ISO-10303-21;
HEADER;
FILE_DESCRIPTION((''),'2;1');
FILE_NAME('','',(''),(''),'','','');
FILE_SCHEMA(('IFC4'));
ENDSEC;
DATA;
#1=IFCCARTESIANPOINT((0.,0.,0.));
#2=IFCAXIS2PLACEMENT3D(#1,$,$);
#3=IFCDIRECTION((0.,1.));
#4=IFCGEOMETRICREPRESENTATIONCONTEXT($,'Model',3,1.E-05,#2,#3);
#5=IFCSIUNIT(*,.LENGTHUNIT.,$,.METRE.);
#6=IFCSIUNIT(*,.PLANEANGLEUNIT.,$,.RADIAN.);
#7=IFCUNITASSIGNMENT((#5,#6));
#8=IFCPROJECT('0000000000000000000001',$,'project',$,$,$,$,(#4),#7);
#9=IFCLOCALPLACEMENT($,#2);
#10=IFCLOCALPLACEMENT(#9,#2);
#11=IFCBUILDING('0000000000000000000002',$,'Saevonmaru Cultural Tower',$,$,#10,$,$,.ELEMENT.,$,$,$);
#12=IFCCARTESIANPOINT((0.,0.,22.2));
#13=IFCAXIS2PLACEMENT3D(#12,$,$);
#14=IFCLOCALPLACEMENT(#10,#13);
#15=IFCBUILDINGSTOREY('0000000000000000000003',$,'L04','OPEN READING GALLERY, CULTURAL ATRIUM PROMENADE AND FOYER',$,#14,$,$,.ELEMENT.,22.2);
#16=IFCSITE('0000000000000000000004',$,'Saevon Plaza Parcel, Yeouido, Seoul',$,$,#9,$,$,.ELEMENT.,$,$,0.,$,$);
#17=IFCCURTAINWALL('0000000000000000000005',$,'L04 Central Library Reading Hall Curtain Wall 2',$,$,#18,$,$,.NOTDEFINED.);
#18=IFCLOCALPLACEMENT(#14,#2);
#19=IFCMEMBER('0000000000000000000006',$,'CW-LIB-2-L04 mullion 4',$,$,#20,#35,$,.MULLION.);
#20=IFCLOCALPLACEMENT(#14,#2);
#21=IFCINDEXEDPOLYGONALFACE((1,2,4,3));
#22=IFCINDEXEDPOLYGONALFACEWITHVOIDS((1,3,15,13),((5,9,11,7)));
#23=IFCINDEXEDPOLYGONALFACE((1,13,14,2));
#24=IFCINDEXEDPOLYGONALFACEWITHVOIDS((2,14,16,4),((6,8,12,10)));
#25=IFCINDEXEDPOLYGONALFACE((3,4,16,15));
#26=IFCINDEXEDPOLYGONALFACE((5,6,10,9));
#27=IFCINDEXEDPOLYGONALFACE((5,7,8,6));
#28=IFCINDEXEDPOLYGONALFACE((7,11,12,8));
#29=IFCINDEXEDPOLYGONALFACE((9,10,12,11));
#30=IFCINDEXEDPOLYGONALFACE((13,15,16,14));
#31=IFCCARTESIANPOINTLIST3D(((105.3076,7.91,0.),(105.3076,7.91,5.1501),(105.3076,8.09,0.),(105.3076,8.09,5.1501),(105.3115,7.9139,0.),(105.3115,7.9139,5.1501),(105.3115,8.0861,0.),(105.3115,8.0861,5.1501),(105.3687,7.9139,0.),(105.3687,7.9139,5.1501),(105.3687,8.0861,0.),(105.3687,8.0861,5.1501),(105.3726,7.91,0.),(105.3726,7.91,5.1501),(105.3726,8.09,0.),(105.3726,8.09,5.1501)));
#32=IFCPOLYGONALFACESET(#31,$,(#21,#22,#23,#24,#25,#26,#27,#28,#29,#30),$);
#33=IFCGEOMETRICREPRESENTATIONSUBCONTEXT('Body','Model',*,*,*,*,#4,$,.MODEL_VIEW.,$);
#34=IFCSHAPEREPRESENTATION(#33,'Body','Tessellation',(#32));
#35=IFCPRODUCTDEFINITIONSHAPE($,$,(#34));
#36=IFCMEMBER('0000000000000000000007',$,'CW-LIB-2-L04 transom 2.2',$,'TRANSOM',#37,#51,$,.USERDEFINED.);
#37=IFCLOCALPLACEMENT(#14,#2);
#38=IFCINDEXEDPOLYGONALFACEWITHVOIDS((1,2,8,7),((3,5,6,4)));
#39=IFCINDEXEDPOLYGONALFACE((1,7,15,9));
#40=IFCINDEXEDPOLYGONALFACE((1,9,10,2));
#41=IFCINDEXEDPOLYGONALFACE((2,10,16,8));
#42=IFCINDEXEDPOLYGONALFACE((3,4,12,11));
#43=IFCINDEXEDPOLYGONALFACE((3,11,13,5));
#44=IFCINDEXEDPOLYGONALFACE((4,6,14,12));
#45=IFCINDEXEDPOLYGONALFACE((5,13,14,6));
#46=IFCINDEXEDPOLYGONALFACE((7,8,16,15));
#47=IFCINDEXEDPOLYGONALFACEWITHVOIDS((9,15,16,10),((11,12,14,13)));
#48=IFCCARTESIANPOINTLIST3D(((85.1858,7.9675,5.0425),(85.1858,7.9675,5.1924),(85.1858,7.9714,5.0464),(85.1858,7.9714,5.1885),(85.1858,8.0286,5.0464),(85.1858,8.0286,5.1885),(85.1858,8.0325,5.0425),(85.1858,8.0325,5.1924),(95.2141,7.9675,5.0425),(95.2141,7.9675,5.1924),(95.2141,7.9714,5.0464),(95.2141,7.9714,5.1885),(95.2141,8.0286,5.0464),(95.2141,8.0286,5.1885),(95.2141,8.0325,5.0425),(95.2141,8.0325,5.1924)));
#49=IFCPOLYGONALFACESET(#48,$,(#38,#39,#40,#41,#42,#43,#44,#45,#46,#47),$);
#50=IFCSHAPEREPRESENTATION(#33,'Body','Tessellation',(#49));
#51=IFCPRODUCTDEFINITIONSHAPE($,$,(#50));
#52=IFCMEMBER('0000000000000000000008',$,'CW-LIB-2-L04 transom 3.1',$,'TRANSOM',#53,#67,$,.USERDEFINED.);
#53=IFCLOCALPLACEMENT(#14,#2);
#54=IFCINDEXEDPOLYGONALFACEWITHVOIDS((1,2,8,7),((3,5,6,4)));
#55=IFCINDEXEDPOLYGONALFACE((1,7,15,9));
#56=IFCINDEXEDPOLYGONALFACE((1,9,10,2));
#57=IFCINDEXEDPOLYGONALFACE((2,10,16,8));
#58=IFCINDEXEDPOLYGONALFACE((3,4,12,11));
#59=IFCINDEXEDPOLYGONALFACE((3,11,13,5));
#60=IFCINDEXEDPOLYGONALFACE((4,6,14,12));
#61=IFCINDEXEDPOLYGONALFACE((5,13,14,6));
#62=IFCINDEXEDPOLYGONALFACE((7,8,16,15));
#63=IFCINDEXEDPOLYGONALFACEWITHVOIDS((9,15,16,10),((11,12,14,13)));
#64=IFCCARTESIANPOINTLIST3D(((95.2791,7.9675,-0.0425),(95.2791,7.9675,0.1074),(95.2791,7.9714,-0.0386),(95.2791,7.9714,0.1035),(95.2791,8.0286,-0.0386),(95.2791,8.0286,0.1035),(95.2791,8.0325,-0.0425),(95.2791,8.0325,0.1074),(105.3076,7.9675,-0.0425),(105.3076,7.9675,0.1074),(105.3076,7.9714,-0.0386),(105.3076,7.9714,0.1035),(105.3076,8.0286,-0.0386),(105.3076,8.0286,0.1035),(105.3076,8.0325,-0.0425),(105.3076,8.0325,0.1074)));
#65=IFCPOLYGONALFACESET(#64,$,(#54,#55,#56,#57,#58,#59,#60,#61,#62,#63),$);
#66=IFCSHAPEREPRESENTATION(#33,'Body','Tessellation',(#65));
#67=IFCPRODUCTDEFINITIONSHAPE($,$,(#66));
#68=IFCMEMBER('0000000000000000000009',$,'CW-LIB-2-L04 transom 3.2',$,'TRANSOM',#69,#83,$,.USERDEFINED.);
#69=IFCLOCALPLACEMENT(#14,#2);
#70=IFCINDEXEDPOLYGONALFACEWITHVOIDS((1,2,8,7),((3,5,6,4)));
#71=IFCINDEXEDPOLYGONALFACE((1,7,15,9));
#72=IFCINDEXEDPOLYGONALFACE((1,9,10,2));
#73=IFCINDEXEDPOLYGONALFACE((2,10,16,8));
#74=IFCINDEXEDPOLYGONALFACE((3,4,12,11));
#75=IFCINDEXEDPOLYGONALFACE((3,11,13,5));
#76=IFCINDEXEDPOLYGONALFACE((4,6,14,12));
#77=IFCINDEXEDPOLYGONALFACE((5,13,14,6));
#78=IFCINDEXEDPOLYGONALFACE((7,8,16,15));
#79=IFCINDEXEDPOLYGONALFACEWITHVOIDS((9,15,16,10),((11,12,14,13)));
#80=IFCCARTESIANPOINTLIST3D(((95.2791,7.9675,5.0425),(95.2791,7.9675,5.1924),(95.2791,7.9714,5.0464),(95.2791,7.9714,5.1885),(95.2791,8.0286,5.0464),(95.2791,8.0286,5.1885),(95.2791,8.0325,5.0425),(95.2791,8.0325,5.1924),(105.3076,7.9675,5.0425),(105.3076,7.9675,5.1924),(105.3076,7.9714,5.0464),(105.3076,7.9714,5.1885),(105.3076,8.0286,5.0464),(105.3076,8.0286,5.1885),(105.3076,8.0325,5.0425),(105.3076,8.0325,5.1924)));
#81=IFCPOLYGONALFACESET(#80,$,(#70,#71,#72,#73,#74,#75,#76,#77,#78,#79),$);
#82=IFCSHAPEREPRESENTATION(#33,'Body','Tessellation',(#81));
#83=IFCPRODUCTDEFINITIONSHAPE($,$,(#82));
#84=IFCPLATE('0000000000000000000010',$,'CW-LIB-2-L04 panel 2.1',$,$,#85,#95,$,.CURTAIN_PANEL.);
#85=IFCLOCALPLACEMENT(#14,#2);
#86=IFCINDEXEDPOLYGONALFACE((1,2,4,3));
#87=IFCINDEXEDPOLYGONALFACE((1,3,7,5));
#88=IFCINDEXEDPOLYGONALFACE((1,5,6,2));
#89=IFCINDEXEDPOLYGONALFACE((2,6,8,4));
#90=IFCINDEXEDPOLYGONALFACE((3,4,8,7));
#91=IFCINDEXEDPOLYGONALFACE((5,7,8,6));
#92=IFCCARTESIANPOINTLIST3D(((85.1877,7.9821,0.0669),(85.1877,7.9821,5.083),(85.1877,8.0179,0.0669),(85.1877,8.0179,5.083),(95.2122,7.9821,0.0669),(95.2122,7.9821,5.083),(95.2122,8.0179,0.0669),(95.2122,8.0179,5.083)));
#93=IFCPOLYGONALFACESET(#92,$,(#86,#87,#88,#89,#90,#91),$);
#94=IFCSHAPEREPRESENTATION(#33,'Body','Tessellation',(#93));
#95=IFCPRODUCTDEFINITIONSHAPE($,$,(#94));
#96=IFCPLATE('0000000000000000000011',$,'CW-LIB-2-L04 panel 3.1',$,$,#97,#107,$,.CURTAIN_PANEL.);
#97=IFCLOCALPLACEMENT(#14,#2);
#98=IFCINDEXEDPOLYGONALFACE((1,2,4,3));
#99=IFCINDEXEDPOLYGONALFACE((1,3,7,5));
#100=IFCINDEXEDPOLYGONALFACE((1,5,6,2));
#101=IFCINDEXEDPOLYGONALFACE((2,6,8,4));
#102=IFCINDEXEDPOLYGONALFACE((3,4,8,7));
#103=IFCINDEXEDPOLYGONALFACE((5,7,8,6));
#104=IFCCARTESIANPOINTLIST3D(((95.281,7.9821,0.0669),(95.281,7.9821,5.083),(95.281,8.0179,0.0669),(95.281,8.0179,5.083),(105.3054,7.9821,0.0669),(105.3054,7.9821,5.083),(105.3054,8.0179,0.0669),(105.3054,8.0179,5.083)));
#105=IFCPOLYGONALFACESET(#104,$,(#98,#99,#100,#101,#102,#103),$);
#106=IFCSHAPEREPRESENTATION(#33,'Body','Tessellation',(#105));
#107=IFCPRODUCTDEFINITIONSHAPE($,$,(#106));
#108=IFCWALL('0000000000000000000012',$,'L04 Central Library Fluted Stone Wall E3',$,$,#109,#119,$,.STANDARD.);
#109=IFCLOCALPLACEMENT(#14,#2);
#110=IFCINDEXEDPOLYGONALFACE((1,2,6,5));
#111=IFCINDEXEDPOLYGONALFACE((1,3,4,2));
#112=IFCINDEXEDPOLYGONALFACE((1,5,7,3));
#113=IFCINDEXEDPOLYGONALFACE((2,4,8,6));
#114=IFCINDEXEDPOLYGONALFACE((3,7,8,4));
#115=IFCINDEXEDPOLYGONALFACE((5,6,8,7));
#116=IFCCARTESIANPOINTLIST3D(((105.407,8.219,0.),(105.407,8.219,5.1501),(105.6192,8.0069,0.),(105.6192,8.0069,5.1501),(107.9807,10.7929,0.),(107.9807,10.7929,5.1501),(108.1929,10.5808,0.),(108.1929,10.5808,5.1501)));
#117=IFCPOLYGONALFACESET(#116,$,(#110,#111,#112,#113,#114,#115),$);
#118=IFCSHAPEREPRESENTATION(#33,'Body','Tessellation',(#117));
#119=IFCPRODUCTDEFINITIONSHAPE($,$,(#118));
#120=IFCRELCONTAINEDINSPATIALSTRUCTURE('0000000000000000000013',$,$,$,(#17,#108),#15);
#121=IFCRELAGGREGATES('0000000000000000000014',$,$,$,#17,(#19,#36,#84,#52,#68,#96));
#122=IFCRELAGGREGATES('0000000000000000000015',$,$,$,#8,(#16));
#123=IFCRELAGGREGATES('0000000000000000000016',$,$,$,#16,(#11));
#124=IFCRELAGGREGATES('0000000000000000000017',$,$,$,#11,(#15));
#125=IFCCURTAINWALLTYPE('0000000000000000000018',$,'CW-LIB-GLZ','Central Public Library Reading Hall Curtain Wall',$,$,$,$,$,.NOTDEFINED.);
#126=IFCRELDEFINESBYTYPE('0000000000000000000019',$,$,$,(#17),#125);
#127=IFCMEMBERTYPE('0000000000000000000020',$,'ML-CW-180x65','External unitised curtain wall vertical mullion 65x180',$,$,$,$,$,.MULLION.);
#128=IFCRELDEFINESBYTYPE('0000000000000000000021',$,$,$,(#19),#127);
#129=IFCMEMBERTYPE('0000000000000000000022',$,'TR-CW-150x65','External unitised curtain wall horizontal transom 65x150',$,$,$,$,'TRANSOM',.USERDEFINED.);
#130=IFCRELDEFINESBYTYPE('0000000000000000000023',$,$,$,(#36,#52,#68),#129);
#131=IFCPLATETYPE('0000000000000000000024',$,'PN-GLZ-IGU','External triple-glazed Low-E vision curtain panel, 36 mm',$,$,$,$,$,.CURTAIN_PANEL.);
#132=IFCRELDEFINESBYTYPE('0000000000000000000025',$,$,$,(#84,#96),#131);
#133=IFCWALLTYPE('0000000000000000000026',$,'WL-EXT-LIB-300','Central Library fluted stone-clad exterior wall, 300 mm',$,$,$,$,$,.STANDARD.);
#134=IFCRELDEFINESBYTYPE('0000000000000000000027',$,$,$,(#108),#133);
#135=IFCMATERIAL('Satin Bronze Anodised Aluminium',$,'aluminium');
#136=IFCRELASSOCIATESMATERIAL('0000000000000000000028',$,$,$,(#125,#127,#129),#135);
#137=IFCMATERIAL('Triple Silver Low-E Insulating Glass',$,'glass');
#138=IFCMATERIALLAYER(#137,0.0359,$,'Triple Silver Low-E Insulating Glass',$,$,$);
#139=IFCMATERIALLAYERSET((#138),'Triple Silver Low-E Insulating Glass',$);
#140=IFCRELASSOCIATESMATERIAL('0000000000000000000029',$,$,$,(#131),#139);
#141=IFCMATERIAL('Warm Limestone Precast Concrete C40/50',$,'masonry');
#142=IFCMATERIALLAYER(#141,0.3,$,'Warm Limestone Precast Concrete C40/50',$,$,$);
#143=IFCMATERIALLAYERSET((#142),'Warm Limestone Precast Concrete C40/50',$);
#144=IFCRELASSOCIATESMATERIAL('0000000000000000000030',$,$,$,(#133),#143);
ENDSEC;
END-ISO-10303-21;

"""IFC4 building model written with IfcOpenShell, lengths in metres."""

from ifc_helpers import new_model, si_unit, direction, frame, frame_2d, origin, origin_2d, place, context, subcontext, project, spatial, rectangle, hollow_rectangle, extrude, material, layer, layer_set, material_profile, profile_set, type_object, element, aggregate, save


model = new_model("IFC4")

# Units and contexts
model_context = context("Model", 3, precision=1e-05, world=origin(), true_north=direction((0.0, 1.0)))
body_context = subcontext(model_context, "Body", "Model", "MODEL_VIEW")
ifc_project = project(units=[si_unit("LENGTHUNIT", "METRE"), si_unit("PLANEANGLEUNIT", "RADIAN")], contexts=[model_context])

# Site, building, storey
site_placement = place(None, origin())
site = spatial("IfcSite", under=ifc_project, at=site_placement, Name="Saevon Plaza Parcel, Yeouido, Seoul", CompositionType="ELEMENT", RefElevation=0.0)
building_placement = place(site_placement, origin())
building = spatial("IfcBuilding", under=site, at=building_placement, Name="Saevonmaru Cultural Tower", CompositionType="ELEMENT")
storey_placement = place(building_placement, frame((0.0, 0.0, 22.2)))
storey = spatial("IfcBuildingStorey", under=building, at=storey_placement, Name="L04", Description="OPEN READING GALLERY, CULTURAL ATRIUM PROMENADE AND FOYER", CompositionType="ELEMENT", Elevation=22.2)

# Curtain wall, members, plates
ifc_material_1 = material(Name="Satin Bronze Anodised Aluminium", Category="aluminium")
curtain_wall_type = type_object("IfcCurtainWallType", Name="CW-LIB-GLZ", Description="Central Public Library Reading Hall Curtain Wall", PredefinedType="NOTDEFINED", material=ifc_material_1)
curtain_wall_placement = place(storey_placement, origin())
curtain_wall = element("IfcCurtainWall", 1, at=curtain_wall_placement, inside=storey, type_object=curtain_wall_type, Name="L04 Central Library Reading Hall Curtain Wall 2", PredefinedType="NOTDEFINED")
ifc_material_profile_1 = material_profile(ifc_material_1, hollow_rectangle(XDim=0.0649, YDim=0.1799, WallThickness=0.0039, at=origin_2d()), Name="ALU-MULL-180x65x4")
ifc_profile_set_1 = profile_set([ifc_material_profile_1], Name="Satin Bronze Anodised Aluminium")
member_type_1 = type_object("IfcMemberType", Name="ML-CW-180x65", Description="External unitised curtain wall vertical mullion 65x180", PredefinedType="MULLION", material=ifc_profile_set_1)
member_1_placement = place(storey_placement, frame((105.3401, 8.0, 0.0), z_axis=(0.0, 0.0, 1.0), x_axis=(1.0, 0.0, 0.0)))
member_1 = element("IfcMember", 2, at=member_1_placement, type_object=member_type_1, Name="CW-LIB-2-L04 mullion 4", PredefinedType="MULLION", context=body_context, shape_type="SweptSolid", body=[
    extrude(hollow_rectangle(XDim=0.0649, YDim=0.1799, WallThickness=0.0039, at=origin_2d()), origin(), (0.0, 0.0, 1.0), 5.1501),
])
ifc_material_profile_2 = material_profile(ifc_material_1, hollow_rectangle(XDim=0.0649, YDim=0.1499, WallThickness=0.0039, at=origin_2d()), Name="ALU-TRAN-150x65x4")
ifc_profile_set_2 = profile_set([ifc_material_profile_2], Name="Satin Bronze Anodised Aluminium")
member_type_2 = type_object("IfcMemberType", Name="TR-CW-150x65", Description="External unitised curtain wall horizontal transom 65x150", ElementType="TRANSOM", PredefinedType="USERDEFINED", material=ifc_profile_set_2)
member_2_placement = place(storey_placement, frame((85.1858, 8.0, 5.1174), z_axis=(1.0, 0.0, 0.0), x_axis=(0.0, 1.0, 0.0)))
member_2 = element("IfcMember", 3, at=member_2_placement, type_object=member_type_2, Name="CW-LIB-2-L04 transom 2.2", ObjectType="TRANSOM", PredefinedType="USERDEFINED", context=body_context, shape_type="SweptSolid", body=[
    extrude(hollow_rectangle(XDim=0.0649, YDim=0.1499, WallThickness=0.0039, at=origin_2d()), origin(), (0.0, 0.0, 1.0), 10.0283),
])
member_3_placement = place(storey_placement, frame((95.2791, 8.0, 0.0325), z_axis=(1.0, 0.0, 0.0), x_axis=(0.0, 1.0, 0.0)))
member_3 = element("IfcMember", 4, at=member_3_placement, type_object=member_type_2, Name="CW-LIB-2-L04 transom 3.1", ObjectType="TRANSOM", PredefinedType="USERDEFINED", context=body_context, shape_type="SweptSolid", body=[
    extrude(hollow_rectangle(XDim=0.0649, YDim=0.1499, WallThickness=0.0039, at=origin_2d()), origin(), (0.0, 0.0, 1.0), 10.0286),
])
member_4_placement = place(storey_placement, frame((95.2791, 8.0, 5.1174), z_axis=(1.0, 0.0, 0.0), x_axis=(0.0, 1.0, 0.0)))
member_4 = element("IfcMember", 5, at=member_4_placement, type_object=member_type_2, Name="CW-LIB-2-L04 transom 3.2", ObjectType="TRANSOM", PredefinedType="USERDEFINED", context=body_context, shape_type="SweptSolid", body=[
    extrude(hollow_rectangle(XDim=0.0649, YDim=0.1499, WallThickness=0.0039, at=origin_2d()), origin(), (0.0, 0.0, 1.0), 10.0286),
])
ifc_material_2 = material(Name="Triple Silver Low-E Insulating Glass", Category="glass")
ifc_layer_1 = layer(ifc_material_2, 0.0359, Name="Triple Silver Low-E Insulating Glass")
ifc_layer_set_1 = layer_set([ifc_layer_1], Name="Triple Silver Low-E Insulating Glass")
plate_type = type_object("IfcPlateType", Name="PN-GLZ-IGU", Description="External triple-glazed Low-E vision curtain panel, 36 mm", PredefinedType="CURTAIN_PANEL", material=ifc_layer_set_1)
plate_1_placement = place(storey_placement, frame((90.2, 8.0, 0.0669), z_axis=(0.0, 0.0, 1.0), x_axis=(1.0, 0.0, 0.0)))
plate_1 = element("IfcPlate", 6, at=plate_1_placement, type_object=plate_type, Name="CW-LIB-2-L04 panel 2.1", PredefinedType="CURTAIN_PANEL", context=body_context, shape_type="SweptSolid", body=[
    extrude(rectangle(XDim=10.0244, YDim=0.0359, at=origin_2d()), origin(), (0.0, 0.0, 1.0), 5.0161),
])
plate_2_placement = place(storey_placement, frame((100.2932, 8.0, 0.0669), z_axis=(0.0, 0.0, 1.0), x_axis=(1.0, 0.0, 0.0)))
plate_2 = element("IfcPlate", 7, at=plate_2_placement, type_object=plate_type, Name="CW-LIB-2-L04 panel 3.1", PredefinedType="CURTAIN_PANEL", context=body_context, shape_type="SweptSolid", body=[
    extrude(rectangle(XDim=10.0244, YDim=0.0359, at=origin_2d()), origin(), (0.0, 0.0, 1.0), 5.0161),
])
aggregate(curtain_wall, [member_1, member_2, plate_1, member_3, member_4, plate_2])

# Wall
ifc_material_3 = material(Name="Warm Limestone Precast Concrete C40/50", Category="masonry")
ifc_layer_2 = layer(ifc_material_3, 0.3, Name="Warm Limestone Precast Concrete C40/50")
ifc_layer_set_2 = layer_set([ifc_layer_2], Name="Warm Limestone Precast Concrete C40/50")
wall_type_1 = type_object("IfcWallType", Name="WL-EXT-LIB-300", Description="Central Library fluted stone-clad exterior wall, 300 mm", PredefinedType="STANDARD", material=ifc_layer_set_2)
wall_1_placement = place(storey_placement, frame((105.5132, 8.113, 0.0), z_axis=(0.0, 0.0, 1.0), x_axis=(0.707073, 0.70714, 0.0)))
element("IfcWall", 8, at=wall_1_placement, inside=storey, type_object=wall_type_1, Name="L04 Central Library Fluted Stone Wall E3", PredefinedType="STANDARD", context=body_context, shape_type="SweptSolid", body=[
    extrude(rectangle(XDim=3.6399, YDim=0.3, at=frame_2d((1.8198, 0.0))), origin(), (0.0, 0.0, 1.0), 5.1501),
])

save(model, "model.ifc")
